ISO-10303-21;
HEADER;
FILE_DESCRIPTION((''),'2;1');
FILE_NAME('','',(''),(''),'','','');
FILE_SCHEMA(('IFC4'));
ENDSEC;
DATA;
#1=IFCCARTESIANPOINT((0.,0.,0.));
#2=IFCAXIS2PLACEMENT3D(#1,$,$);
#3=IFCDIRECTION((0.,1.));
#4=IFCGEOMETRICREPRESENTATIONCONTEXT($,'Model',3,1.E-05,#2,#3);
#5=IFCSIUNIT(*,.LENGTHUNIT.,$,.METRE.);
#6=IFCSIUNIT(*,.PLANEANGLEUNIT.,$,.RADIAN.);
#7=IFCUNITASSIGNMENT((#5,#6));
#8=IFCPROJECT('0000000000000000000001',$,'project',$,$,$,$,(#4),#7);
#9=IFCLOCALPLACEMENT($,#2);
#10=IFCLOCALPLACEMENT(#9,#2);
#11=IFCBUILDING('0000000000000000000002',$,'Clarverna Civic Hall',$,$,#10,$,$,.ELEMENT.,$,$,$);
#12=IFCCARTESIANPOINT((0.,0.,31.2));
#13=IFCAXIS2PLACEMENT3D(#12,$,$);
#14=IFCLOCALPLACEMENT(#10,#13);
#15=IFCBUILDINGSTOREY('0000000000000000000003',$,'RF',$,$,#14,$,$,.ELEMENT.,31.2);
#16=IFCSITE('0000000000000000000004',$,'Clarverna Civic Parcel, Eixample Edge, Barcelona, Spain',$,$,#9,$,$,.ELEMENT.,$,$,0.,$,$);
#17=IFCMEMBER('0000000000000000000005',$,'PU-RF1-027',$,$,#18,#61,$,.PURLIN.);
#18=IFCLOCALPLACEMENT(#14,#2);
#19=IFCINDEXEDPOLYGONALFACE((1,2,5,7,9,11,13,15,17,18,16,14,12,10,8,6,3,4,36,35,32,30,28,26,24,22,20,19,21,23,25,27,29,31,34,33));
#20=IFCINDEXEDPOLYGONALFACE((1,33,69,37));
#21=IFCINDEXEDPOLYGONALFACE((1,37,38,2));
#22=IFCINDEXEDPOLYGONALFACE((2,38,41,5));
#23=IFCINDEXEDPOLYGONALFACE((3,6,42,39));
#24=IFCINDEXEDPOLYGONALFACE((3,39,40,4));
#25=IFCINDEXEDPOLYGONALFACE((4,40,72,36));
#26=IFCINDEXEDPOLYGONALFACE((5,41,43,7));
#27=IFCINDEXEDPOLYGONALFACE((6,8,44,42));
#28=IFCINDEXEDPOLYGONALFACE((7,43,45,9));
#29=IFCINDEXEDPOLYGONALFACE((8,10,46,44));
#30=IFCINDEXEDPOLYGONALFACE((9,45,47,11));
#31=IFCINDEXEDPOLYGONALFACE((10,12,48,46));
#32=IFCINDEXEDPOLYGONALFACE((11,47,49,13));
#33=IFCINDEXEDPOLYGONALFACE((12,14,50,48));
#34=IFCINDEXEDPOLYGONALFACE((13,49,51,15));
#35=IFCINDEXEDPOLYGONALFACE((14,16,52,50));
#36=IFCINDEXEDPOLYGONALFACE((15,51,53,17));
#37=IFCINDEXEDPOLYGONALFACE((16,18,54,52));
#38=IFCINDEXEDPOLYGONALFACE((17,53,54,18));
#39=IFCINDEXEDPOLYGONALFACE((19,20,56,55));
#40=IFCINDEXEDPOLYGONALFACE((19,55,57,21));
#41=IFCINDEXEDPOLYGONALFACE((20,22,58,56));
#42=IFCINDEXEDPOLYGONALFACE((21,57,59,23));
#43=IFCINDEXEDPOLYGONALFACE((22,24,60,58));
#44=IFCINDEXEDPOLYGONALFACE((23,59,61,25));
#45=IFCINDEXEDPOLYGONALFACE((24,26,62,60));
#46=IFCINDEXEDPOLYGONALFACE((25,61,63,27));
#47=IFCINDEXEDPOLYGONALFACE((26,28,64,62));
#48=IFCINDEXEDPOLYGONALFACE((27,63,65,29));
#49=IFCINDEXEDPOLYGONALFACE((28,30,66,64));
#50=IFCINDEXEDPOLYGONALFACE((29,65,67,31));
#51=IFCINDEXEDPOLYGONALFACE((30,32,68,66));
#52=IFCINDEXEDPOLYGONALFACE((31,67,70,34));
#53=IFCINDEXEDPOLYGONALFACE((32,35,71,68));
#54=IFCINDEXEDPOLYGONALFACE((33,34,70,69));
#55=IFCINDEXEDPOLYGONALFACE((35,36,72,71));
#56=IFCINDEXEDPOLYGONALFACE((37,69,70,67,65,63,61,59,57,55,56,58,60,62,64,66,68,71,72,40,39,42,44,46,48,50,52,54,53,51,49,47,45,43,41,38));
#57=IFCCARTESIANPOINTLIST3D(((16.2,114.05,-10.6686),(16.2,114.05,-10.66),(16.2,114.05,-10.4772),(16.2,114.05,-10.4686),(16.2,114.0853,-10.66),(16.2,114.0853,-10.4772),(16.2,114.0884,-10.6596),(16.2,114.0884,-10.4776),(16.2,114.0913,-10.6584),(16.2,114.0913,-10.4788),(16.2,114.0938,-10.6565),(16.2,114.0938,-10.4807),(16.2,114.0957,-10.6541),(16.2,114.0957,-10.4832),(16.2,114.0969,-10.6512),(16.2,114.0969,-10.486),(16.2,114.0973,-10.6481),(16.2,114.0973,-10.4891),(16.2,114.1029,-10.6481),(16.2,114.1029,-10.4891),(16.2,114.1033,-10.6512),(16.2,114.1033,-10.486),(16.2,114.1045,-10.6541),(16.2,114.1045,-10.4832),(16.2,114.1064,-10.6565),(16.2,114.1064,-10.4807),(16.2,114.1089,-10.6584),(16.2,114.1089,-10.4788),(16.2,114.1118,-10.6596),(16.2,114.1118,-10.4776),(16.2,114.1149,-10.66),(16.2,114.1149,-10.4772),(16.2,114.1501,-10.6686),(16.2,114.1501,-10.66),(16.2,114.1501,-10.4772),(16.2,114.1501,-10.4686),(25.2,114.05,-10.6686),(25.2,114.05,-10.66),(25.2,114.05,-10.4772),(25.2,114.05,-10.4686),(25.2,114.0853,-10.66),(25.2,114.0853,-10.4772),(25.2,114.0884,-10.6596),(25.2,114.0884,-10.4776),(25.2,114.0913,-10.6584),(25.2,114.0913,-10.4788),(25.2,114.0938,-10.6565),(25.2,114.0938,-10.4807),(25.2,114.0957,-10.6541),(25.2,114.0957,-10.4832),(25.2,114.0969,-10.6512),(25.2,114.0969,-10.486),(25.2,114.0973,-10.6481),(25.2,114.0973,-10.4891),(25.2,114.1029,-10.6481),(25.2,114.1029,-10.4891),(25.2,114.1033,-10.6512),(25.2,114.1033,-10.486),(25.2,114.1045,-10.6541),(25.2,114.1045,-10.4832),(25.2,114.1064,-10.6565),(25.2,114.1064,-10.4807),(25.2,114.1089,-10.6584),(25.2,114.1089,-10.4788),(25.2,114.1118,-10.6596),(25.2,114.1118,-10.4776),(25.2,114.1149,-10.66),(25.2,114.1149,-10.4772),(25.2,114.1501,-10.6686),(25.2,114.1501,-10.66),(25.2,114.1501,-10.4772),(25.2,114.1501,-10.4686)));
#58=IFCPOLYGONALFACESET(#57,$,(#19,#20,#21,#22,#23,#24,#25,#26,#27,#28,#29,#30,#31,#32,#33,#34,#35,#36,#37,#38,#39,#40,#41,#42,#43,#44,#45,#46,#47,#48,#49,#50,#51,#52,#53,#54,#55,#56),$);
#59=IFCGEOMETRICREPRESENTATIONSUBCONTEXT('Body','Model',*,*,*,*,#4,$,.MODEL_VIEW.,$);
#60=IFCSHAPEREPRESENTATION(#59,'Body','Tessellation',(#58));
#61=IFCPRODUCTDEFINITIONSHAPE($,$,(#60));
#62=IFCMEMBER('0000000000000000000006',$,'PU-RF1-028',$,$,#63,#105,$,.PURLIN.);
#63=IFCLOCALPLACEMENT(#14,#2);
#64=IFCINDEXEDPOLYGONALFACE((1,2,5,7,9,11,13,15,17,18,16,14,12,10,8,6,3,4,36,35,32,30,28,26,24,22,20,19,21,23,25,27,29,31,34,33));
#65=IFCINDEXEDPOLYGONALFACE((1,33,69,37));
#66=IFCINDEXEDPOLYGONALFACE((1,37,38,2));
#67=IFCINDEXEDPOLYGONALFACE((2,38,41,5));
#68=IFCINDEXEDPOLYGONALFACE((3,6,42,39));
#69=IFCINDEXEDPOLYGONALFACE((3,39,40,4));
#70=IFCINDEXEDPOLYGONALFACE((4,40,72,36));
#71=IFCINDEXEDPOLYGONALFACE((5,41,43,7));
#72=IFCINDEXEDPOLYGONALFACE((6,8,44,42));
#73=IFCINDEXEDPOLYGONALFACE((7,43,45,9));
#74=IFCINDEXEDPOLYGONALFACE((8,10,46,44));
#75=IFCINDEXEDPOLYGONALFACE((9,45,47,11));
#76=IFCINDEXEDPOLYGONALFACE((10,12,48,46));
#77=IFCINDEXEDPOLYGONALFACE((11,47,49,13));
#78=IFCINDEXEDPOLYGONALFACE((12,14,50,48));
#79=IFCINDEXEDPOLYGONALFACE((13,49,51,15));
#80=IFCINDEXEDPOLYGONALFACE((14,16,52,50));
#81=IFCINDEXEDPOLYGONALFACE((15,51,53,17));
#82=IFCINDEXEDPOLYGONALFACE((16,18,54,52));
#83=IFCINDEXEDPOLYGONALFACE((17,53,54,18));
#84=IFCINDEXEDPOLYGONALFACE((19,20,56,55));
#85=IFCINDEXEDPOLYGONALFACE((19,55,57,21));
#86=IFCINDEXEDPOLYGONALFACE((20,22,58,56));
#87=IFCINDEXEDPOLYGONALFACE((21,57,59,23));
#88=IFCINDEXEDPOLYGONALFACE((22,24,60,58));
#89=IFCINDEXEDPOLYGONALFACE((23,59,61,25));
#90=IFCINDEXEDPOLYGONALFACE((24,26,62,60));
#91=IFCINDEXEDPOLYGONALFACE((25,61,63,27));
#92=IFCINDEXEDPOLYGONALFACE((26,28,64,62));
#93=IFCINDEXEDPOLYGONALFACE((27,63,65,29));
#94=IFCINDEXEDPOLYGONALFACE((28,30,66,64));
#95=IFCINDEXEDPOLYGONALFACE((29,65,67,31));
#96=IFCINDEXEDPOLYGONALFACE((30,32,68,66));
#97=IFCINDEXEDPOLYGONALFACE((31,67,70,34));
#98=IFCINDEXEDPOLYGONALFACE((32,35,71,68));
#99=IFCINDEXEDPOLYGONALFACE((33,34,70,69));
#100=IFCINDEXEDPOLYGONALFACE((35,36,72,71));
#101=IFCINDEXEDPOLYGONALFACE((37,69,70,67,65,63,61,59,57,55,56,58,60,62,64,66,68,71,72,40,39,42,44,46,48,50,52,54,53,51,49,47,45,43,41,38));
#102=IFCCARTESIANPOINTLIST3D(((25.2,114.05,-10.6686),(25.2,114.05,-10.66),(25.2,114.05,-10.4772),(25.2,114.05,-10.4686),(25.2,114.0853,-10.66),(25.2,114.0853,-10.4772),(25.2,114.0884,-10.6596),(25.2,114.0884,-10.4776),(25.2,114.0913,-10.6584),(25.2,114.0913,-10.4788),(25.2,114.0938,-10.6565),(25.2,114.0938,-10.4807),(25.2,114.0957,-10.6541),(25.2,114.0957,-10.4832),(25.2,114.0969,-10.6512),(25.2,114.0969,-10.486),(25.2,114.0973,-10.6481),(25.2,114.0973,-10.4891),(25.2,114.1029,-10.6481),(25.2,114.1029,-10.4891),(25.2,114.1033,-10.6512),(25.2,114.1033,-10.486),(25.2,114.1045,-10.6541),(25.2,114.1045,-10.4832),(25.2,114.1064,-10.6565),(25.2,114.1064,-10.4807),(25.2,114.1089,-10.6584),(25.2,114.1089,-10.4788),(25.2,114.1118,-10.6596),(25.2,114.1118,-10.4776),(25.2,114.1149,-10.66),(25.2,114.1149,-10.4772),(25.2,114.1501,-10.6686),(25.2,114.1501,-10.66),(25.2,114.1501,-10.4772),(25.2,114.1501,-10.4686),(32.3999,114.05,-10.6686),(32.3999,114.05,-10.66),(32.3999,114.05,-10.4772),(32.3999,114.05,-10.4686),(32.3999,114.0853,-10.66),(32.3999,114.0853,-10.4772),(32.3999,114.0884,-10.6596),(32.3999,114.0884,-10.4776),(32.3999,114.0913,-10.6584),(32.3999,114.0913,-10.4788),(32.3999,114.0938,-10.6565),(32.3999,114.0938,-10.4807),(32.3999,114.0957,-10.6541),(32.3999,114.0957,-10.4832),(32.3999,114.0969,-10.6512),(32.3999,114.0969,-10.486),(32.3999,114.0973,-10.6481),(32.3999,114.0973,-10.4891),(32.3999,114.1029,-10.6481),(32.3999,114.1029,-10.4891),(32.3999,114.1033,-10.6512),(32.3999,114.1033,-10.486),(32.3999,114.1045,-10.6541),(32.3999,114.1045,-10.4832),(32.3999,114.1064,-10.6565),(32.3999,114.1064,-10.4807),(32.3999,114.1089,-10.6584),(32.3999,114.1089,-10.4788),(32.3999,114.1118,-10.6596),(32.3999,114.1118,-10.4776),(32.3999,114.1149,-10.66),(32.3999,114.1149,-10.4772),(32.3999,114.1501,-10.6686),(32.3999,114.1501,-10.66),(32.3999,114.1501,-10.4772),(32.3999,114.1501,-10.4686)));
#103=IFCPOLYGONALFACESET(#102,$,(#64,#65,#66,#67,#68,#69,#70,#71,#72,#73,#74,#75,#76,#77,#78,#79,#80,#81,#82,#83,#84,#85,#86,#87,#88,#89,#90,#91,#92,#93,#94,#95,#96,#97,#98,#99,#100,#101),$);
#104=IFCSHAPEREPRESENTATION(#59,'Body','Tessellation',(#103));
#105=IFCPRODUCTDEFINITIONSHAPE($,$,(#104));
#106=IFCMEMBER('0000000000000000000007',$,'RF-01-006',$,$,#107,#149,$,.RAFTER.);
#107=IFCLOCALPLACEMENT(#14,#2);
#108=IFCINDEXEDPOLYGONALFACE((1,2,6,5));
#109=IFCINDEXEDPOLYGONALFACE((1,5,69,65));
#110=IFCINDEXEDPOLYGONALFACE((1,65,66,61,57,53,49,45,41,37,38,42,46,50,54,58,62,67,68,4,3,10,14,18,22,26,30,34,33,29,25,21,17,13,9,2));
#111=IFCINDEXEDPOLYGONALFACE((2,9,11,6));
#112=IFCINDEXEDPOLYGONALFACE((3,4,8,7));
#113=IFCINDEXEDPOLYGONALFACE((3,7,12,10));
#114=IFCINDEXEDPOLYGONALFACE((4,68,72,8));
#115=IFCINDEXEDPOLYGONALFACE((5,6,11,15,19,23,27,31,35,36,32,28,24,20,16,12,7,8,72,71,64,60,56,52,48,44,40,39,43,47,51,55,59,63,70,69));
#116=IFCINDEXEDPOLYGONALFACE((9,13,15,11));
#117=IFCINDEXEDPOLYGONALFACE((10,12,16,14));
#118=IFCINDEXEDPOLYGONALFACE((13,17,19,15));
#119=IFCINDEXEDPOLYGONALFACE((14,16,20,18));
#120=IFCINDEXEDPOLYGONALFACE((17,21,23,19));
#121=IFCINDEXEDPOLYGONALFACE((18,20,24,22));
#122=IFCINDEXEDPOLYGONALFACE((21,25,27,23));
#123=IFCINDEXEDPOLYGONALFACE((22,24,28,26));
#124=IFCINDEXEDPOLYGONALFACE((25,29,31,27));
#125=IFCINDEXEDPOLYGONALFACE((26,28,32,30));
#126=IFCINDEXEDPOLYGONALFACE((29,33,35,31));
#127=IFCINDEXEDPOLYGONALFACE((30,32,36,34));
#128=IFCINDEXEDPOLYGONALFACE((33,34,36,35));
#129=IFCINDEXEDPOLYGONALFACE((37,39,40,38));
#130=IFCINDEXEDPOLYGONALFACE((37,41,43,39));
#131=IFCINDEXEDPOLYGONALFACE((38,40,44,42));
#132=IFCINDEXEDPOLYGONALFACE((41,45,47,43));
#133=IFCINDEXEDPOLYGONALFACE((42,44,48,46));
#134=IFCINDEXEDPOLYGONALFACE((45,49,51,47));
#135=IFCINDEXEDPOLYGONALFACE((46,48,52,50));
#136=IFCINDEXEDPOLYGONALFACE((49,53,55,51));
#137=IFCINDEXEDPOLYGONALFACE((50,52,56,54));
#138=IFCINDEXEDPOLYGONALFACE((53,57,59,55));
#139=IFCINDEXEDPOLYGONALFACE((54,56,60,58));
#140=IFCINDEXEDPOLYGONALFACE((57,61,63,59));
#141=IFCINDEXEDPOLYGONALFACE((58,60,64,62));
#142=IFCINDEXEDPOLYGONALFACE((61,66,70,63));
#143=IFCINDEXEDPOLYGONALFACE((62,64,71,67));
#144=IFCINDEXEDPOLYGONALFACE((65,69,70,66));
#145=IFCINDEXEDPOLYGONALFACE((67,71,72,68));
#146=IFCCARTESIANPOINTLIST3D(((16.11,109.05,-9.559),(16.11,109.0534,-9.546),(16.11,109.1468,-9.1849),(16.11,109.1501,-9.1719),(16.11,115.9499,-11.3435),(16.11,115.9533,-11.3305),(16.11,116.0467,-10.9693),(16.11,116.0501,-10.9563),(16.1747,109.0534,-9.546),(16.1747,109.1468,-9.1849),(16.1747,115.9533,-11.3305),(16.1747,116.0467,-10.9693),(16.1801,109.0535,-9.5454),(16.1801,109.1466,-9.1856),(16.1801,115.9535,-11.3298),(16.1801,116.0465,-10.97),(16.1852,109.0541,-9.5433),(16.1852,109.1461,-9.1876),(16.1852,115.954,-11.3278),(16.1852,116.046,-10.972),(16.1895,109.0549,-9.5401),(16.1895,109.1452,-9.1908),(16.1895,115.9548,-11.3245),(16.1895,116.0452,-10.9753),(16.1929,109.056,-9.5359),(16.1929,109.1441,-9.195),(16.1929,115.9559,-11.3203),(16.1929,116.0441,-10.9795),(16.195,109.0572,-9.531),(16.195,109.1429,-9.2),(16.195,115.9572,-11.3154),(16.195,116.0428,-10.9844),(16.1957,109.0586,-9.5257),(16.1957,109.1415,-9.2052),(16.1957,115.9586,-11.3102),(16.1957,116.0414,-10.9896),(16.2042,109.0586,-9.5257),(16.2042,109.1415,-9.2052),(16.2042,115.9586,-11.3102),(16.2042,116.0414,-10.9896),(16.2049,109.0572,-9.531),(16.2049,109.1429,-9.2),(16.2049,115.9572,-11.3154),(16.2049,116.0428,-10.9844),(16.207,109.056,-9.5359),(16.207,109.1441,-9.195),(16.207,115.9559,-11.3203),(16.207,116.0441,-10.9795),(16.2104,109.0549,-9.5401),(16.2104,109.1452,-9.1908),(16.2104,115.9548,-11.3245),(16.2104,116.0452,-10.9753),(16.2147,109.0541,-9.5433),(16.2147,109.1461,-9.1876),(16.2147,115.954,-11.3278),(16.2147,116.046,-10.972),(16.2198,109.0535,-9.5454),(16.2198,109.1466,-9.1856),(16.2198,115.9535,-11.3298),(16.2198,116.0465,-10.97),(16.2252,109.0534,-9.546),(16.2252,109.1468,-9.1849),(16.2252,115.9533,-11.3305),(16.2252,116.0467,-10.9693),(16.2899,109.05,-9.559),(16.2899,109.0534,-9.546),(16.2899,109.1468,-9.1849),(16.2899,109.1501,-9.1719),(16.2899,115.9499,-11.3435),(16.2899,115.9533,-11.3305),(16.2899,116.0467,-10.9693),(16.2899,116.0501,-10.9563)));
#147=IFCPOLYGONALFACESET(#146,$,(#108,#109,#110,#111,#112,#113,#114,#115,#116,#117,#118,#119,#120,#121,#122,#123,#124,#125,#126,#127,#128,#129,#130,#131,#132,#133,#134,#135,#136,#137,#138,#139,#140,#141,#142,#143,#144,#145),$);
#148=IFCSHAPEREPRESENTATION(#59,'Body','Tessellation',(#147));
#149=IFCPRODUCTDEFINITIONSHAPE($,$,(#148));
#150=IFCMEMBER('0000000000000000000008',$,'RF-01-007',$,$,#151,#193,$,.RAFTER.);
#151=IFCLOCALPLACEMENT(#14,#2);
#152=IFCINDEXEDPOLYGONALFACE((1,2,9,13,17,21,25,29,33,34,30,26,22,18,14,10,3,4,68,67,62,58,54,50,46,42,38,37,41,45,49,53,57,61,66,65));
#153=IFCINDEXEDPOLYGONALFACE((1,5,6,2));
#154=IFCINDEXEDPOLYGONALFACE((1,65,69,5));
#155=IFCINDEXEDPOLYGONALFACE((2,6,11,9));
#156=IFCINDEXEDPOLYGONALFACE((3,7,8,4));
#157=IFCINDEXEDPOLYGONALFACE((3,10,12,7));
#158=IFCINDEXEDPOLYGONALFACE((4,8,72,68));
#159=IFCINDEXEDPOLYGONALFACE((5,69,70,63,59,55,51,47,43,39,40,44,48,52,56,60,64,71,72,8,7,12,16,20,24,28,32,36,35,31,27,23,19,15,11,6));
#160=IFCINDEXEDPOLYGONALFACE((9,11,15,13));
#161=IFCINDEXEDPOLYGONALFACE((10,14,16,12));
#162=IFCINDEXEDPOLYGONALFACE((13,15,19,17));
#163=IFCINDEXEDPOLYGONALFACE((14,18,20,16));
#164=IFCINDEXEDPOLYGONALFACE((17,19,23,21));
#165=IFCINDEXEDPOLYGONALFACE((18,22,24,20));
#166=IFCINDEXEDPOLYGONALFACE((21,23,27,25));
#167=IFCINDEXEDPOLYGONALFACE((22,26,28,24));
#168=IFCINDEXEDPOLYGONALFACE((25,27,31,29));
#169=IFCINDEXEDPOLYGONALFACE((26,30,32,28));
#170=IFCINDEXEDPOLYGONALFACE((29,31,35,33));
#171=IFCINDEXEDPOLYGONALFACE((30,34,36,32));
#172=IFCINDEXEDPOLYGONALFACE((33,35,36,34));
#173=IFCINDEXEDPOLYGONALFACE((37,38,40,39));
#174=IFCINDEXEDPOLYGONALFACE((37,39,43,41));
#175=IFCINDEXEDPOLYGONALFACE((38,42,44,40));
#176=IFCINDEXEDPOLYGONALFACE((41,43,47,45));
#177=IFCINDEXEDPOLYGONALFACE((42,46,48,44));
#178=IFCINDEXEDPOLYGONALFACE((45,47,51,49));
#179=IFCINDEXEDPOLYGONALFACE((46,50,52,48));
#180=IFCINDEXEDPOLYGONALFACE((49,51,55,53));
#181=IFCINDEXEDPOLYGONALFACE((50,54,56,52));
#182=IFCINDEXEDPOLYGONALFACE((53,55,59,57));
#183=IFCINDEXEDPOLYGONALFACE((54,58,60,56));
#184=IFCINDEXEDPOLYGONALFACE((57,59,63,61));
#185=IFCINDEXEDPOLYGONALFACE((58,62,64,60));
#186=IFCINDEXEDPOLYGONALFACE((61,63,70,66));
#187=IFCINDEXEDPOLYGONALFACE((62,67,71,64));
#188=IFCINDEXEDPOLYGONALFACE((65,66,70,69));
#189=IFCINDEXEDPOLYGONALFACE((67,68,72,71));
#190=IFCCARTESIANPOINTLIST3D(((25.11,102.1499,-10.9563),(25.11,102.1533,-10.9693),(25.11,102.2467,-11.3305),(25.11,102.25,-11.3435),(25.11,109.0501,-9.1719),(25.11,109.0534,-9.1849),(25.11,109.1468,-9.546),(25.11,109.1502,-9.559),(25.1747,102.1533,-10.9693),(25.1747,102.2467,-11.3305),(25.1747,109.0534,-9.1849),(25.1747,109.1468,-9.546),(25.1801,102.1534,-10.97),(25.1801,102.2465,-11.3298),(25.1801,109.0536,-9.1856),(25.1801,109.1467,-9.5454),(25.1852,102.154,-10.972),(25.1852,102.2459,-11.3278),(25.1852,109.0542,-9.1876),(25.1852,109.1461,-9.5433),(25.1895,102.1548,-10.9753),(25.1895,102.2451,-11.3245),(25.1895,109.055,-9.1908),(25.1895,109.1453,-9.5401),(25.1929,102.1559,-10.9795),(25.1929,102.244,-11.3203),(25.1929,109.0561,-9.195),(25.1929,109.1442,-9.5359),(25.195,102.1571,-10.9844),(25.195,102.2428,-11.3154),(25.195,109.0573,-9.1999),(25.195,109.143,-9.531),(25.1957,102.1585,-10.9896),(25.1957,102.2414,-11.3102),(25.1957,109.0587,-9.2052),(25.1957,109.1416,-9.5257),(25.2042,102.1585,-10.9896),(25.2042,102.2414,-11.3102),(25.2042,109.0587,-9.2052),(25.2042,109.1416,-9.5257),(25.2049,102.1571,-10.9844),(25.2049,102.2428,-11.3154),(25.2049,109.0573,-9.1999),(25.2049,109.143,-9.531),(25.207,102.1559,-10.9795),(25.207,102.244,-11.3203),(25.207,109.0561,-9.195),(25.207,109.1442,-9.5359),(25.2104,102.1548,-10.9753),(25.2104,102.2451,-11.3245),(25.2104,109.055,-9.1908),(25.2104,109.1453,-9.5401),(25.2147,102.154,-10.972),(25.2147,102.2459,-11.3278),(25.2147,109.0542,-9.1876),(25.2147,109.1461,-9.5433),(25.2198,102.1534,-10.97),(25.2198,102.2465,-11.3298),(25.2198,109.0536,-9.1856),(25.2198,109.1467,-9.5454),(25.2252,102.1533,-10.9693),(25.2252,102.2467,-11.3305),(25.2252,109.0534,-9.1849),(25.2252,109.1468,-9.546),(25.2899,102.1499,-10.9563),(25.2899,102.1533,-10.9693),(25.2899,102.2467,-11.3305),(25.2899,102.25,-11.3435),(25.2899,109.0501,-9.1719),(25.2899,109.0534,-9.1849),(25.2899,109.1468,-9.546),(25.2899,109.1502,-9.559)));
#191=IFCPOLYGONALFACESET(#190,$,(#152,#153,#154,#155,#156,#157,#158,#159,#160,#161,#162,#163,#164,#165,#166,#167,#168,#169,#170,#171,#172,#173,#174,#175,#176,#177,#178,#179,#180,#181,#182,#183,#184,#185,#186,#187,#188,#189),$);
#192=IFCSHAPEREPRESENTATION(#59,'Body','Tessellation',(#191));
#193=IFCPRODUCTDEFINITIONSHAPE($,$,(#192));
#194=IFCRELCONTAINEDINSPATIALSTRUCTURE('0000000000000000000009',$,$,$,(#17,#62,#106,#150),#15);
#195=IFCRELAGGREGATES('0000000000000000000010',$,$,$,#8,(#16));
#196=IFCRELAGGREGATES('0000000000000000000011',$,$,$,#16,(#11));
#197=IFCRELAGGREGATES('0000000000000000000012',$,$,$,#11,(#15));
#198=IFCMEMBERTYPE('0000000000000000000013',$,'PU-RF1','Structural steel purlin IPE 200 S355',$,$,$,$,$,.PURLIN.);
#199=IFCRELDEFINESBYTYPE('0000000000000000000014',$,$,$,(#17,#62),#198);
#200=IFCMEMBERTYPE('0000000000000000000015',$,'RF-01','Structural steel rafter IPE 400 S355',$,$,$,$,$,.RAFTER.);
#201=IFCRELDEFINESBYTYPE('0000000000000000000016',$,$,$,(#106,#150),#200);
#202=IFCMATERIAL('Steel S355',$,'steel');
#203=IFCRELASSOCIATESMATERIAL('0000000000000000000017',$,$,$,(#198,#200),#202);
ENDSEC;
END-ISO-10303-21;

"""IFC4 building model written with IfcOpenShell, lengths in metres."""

from ifc_helpers import new_model, si_unit, direction, frame, origin, origin_2d, place, context, subcontext, project, spatial, i_section, extrude, material, material_profile, profile_set, type_object, element, save


model = new_model("IFC4")

# Units and contexts
model_context = context("Model", 3, precision=1e-05, world=origin(), true_north=direction((0.0, 1.0)))
body_context = subcontext(model_context, "Body", "Model", "MODEL_VIEW")
ifc_project = project(units=[si_unit("LENGTHUNIT", "METRE"), si_unit("PLANEANGLEUNIT", "RADIAN")], contexts=[model_context])

# Site, building, storey
site_placement = place(None, origin())
site = spatial("IfcSite", under=ifc_project, at=site_placement, Name="Clarverna Civic Parcel, Eixample Edge, Barcelona, Spain", CompositionType="ELEMENT", RefElevation=0.0)
building_placement = place(site_placement, origin())
building = spatial("IfcBuilding", under=site, at=building_placement, Name="Clarverna Civic Hall", CompositionType="ELEMENT")
storey_placement = place(building_placement, frame((0.0, 0.0, 31.2)))
storey = spatial("IfcBuildingStorey", under=building, at=storey_placement, Name="RF", CompositionType="ELEMENT", Elevation=31.2)

# Members
ifc_material_1 = material(Name="Steel S355", Category="steel")
ifc_material_profile_1 = material_profile(ifc_material_1, i_section(OverallWidth=0.1001, OverallDepth=0.2, WebThickness=0.0056, FlangeThickness=0.0085, FilletRadius=0.012, at=origin_2d()), Name="IPE 200")
ifc_profile_set_1 = profile_set([ifc_material_profile_1], Name="Steel S355")
member_type_1 = type_object("IfcMemberType", Name="PU-RF1", Description="Structural steel purlin IPE 200 S355", PredefinedType="PURLIN", material=ifc_profile_set_1)
member_1_placement = place(storey_placement, frame((16.2, 114.1001, -10.5686), z_axis=(1.0, 0.0, 0.0), x_axis=(0.0, 1.0, 0.0)))
element("IfcMember", 1, at=member_1_placement, inside=storey, type_object=member_type_1, Name="PU-RF1-027", PredefinedType="PURLIN", context=body_context, shape_type="SweptSolid", body=[
    extrude(i_section(OverallWidth=0.1001, OverallDepth=0.2, WebThickness=0.0056, FlangeThickness=0.0085, FilletRadius=0.012, at=origin_2d()), origin(), (0.0, 0.0, 1.0), 9.0),
])
member_2_placement = place(storey_placement, frame((25.2, 114.1001, -10.5686), z_axis=(1.0, 0.0, 0.0), x_axis=(0.0, 1.0, 0.0)))
element("IfcMember", 2, at=member_2_placement, inside=storey, type_object=member_type_1, Name="PU-RF1-028", PredefinedType="PURLIN", context=body_context, shape_type="SweptSolid", body=[
    extrude(i_section(OverallWidth=0.1001, OverallDepth=0.2, WebThickness=0.0056, FlangeThickness=0.0085, FilletRadius=0.012, at=origin_2d()), origin(), (0.0, 0.0, 1.0), 7.2),
])
ifc_material_profile_2 = material_profile(ifc_material_1, i_section(OverallWidth=0.1799, OverallDepth=0.3999, WebThickness=0.0085, FlangeThickness=0.0134, FilletRadius=0.021, at=origin_2d()), Name="IPE 400")
ifc_profile_set_2 = profile_set([ifc_material_profile_2], Name="Steel S355")
member_type_2 = type_object("IfcMemberType", Name="RF-01", Description="Structural steel rafter IPE 400 S355", PredefinedType="RAFTER", material=ifc_profile_set_2)
member_3_placement = place(storey_placement, frame((16.2, 116.0, -11.1499), z_axis=(0.0, -0.968148, 0.250378), x_axis=(1.0, 0.0, 0.0)))
element("IfcMember", 3, at=member_3_placement, inside=storey, type_object=member_type_2, Name="RF-01-006", PredefinedType="RAFTER", context=body_context, shape_type="SweptSolid", body=[
    extrude(i_section(OverallWidth=0.1799, OverallDepth=0.3999, WebThickness=0.0085, FlangeThickness=0.0134, FilletRadius=0.021, at=origin_2d()), origin(), (0.0, 0.0, 1.0), 7.127),
])
member_4_placement = place(storey_placement, frame((25.2, 102.2, -11.1499), z_axis=(0.0, 0.96815, 0.25037), x_axis=(-1.0, 0.0, 0.0)))
element("IfcMember", 4, at=member_4_placement, inside=storey, type_object=member_type_2, Name="RF-01-007", PredefinedType="RAFTER", context=body_context, shape_type="SweptSolid", body=[
    extrude(i_section(OverallWidth=0.1799, OverallDepth=0.3999, WebThickness=0.0085, FlangeThickness=0.0134, FilletRadius=0.021, at=origin_2d()), origin(), (0.0, 0.0, 1.0), 7.1272),
])

save(model, "model.ifc")
